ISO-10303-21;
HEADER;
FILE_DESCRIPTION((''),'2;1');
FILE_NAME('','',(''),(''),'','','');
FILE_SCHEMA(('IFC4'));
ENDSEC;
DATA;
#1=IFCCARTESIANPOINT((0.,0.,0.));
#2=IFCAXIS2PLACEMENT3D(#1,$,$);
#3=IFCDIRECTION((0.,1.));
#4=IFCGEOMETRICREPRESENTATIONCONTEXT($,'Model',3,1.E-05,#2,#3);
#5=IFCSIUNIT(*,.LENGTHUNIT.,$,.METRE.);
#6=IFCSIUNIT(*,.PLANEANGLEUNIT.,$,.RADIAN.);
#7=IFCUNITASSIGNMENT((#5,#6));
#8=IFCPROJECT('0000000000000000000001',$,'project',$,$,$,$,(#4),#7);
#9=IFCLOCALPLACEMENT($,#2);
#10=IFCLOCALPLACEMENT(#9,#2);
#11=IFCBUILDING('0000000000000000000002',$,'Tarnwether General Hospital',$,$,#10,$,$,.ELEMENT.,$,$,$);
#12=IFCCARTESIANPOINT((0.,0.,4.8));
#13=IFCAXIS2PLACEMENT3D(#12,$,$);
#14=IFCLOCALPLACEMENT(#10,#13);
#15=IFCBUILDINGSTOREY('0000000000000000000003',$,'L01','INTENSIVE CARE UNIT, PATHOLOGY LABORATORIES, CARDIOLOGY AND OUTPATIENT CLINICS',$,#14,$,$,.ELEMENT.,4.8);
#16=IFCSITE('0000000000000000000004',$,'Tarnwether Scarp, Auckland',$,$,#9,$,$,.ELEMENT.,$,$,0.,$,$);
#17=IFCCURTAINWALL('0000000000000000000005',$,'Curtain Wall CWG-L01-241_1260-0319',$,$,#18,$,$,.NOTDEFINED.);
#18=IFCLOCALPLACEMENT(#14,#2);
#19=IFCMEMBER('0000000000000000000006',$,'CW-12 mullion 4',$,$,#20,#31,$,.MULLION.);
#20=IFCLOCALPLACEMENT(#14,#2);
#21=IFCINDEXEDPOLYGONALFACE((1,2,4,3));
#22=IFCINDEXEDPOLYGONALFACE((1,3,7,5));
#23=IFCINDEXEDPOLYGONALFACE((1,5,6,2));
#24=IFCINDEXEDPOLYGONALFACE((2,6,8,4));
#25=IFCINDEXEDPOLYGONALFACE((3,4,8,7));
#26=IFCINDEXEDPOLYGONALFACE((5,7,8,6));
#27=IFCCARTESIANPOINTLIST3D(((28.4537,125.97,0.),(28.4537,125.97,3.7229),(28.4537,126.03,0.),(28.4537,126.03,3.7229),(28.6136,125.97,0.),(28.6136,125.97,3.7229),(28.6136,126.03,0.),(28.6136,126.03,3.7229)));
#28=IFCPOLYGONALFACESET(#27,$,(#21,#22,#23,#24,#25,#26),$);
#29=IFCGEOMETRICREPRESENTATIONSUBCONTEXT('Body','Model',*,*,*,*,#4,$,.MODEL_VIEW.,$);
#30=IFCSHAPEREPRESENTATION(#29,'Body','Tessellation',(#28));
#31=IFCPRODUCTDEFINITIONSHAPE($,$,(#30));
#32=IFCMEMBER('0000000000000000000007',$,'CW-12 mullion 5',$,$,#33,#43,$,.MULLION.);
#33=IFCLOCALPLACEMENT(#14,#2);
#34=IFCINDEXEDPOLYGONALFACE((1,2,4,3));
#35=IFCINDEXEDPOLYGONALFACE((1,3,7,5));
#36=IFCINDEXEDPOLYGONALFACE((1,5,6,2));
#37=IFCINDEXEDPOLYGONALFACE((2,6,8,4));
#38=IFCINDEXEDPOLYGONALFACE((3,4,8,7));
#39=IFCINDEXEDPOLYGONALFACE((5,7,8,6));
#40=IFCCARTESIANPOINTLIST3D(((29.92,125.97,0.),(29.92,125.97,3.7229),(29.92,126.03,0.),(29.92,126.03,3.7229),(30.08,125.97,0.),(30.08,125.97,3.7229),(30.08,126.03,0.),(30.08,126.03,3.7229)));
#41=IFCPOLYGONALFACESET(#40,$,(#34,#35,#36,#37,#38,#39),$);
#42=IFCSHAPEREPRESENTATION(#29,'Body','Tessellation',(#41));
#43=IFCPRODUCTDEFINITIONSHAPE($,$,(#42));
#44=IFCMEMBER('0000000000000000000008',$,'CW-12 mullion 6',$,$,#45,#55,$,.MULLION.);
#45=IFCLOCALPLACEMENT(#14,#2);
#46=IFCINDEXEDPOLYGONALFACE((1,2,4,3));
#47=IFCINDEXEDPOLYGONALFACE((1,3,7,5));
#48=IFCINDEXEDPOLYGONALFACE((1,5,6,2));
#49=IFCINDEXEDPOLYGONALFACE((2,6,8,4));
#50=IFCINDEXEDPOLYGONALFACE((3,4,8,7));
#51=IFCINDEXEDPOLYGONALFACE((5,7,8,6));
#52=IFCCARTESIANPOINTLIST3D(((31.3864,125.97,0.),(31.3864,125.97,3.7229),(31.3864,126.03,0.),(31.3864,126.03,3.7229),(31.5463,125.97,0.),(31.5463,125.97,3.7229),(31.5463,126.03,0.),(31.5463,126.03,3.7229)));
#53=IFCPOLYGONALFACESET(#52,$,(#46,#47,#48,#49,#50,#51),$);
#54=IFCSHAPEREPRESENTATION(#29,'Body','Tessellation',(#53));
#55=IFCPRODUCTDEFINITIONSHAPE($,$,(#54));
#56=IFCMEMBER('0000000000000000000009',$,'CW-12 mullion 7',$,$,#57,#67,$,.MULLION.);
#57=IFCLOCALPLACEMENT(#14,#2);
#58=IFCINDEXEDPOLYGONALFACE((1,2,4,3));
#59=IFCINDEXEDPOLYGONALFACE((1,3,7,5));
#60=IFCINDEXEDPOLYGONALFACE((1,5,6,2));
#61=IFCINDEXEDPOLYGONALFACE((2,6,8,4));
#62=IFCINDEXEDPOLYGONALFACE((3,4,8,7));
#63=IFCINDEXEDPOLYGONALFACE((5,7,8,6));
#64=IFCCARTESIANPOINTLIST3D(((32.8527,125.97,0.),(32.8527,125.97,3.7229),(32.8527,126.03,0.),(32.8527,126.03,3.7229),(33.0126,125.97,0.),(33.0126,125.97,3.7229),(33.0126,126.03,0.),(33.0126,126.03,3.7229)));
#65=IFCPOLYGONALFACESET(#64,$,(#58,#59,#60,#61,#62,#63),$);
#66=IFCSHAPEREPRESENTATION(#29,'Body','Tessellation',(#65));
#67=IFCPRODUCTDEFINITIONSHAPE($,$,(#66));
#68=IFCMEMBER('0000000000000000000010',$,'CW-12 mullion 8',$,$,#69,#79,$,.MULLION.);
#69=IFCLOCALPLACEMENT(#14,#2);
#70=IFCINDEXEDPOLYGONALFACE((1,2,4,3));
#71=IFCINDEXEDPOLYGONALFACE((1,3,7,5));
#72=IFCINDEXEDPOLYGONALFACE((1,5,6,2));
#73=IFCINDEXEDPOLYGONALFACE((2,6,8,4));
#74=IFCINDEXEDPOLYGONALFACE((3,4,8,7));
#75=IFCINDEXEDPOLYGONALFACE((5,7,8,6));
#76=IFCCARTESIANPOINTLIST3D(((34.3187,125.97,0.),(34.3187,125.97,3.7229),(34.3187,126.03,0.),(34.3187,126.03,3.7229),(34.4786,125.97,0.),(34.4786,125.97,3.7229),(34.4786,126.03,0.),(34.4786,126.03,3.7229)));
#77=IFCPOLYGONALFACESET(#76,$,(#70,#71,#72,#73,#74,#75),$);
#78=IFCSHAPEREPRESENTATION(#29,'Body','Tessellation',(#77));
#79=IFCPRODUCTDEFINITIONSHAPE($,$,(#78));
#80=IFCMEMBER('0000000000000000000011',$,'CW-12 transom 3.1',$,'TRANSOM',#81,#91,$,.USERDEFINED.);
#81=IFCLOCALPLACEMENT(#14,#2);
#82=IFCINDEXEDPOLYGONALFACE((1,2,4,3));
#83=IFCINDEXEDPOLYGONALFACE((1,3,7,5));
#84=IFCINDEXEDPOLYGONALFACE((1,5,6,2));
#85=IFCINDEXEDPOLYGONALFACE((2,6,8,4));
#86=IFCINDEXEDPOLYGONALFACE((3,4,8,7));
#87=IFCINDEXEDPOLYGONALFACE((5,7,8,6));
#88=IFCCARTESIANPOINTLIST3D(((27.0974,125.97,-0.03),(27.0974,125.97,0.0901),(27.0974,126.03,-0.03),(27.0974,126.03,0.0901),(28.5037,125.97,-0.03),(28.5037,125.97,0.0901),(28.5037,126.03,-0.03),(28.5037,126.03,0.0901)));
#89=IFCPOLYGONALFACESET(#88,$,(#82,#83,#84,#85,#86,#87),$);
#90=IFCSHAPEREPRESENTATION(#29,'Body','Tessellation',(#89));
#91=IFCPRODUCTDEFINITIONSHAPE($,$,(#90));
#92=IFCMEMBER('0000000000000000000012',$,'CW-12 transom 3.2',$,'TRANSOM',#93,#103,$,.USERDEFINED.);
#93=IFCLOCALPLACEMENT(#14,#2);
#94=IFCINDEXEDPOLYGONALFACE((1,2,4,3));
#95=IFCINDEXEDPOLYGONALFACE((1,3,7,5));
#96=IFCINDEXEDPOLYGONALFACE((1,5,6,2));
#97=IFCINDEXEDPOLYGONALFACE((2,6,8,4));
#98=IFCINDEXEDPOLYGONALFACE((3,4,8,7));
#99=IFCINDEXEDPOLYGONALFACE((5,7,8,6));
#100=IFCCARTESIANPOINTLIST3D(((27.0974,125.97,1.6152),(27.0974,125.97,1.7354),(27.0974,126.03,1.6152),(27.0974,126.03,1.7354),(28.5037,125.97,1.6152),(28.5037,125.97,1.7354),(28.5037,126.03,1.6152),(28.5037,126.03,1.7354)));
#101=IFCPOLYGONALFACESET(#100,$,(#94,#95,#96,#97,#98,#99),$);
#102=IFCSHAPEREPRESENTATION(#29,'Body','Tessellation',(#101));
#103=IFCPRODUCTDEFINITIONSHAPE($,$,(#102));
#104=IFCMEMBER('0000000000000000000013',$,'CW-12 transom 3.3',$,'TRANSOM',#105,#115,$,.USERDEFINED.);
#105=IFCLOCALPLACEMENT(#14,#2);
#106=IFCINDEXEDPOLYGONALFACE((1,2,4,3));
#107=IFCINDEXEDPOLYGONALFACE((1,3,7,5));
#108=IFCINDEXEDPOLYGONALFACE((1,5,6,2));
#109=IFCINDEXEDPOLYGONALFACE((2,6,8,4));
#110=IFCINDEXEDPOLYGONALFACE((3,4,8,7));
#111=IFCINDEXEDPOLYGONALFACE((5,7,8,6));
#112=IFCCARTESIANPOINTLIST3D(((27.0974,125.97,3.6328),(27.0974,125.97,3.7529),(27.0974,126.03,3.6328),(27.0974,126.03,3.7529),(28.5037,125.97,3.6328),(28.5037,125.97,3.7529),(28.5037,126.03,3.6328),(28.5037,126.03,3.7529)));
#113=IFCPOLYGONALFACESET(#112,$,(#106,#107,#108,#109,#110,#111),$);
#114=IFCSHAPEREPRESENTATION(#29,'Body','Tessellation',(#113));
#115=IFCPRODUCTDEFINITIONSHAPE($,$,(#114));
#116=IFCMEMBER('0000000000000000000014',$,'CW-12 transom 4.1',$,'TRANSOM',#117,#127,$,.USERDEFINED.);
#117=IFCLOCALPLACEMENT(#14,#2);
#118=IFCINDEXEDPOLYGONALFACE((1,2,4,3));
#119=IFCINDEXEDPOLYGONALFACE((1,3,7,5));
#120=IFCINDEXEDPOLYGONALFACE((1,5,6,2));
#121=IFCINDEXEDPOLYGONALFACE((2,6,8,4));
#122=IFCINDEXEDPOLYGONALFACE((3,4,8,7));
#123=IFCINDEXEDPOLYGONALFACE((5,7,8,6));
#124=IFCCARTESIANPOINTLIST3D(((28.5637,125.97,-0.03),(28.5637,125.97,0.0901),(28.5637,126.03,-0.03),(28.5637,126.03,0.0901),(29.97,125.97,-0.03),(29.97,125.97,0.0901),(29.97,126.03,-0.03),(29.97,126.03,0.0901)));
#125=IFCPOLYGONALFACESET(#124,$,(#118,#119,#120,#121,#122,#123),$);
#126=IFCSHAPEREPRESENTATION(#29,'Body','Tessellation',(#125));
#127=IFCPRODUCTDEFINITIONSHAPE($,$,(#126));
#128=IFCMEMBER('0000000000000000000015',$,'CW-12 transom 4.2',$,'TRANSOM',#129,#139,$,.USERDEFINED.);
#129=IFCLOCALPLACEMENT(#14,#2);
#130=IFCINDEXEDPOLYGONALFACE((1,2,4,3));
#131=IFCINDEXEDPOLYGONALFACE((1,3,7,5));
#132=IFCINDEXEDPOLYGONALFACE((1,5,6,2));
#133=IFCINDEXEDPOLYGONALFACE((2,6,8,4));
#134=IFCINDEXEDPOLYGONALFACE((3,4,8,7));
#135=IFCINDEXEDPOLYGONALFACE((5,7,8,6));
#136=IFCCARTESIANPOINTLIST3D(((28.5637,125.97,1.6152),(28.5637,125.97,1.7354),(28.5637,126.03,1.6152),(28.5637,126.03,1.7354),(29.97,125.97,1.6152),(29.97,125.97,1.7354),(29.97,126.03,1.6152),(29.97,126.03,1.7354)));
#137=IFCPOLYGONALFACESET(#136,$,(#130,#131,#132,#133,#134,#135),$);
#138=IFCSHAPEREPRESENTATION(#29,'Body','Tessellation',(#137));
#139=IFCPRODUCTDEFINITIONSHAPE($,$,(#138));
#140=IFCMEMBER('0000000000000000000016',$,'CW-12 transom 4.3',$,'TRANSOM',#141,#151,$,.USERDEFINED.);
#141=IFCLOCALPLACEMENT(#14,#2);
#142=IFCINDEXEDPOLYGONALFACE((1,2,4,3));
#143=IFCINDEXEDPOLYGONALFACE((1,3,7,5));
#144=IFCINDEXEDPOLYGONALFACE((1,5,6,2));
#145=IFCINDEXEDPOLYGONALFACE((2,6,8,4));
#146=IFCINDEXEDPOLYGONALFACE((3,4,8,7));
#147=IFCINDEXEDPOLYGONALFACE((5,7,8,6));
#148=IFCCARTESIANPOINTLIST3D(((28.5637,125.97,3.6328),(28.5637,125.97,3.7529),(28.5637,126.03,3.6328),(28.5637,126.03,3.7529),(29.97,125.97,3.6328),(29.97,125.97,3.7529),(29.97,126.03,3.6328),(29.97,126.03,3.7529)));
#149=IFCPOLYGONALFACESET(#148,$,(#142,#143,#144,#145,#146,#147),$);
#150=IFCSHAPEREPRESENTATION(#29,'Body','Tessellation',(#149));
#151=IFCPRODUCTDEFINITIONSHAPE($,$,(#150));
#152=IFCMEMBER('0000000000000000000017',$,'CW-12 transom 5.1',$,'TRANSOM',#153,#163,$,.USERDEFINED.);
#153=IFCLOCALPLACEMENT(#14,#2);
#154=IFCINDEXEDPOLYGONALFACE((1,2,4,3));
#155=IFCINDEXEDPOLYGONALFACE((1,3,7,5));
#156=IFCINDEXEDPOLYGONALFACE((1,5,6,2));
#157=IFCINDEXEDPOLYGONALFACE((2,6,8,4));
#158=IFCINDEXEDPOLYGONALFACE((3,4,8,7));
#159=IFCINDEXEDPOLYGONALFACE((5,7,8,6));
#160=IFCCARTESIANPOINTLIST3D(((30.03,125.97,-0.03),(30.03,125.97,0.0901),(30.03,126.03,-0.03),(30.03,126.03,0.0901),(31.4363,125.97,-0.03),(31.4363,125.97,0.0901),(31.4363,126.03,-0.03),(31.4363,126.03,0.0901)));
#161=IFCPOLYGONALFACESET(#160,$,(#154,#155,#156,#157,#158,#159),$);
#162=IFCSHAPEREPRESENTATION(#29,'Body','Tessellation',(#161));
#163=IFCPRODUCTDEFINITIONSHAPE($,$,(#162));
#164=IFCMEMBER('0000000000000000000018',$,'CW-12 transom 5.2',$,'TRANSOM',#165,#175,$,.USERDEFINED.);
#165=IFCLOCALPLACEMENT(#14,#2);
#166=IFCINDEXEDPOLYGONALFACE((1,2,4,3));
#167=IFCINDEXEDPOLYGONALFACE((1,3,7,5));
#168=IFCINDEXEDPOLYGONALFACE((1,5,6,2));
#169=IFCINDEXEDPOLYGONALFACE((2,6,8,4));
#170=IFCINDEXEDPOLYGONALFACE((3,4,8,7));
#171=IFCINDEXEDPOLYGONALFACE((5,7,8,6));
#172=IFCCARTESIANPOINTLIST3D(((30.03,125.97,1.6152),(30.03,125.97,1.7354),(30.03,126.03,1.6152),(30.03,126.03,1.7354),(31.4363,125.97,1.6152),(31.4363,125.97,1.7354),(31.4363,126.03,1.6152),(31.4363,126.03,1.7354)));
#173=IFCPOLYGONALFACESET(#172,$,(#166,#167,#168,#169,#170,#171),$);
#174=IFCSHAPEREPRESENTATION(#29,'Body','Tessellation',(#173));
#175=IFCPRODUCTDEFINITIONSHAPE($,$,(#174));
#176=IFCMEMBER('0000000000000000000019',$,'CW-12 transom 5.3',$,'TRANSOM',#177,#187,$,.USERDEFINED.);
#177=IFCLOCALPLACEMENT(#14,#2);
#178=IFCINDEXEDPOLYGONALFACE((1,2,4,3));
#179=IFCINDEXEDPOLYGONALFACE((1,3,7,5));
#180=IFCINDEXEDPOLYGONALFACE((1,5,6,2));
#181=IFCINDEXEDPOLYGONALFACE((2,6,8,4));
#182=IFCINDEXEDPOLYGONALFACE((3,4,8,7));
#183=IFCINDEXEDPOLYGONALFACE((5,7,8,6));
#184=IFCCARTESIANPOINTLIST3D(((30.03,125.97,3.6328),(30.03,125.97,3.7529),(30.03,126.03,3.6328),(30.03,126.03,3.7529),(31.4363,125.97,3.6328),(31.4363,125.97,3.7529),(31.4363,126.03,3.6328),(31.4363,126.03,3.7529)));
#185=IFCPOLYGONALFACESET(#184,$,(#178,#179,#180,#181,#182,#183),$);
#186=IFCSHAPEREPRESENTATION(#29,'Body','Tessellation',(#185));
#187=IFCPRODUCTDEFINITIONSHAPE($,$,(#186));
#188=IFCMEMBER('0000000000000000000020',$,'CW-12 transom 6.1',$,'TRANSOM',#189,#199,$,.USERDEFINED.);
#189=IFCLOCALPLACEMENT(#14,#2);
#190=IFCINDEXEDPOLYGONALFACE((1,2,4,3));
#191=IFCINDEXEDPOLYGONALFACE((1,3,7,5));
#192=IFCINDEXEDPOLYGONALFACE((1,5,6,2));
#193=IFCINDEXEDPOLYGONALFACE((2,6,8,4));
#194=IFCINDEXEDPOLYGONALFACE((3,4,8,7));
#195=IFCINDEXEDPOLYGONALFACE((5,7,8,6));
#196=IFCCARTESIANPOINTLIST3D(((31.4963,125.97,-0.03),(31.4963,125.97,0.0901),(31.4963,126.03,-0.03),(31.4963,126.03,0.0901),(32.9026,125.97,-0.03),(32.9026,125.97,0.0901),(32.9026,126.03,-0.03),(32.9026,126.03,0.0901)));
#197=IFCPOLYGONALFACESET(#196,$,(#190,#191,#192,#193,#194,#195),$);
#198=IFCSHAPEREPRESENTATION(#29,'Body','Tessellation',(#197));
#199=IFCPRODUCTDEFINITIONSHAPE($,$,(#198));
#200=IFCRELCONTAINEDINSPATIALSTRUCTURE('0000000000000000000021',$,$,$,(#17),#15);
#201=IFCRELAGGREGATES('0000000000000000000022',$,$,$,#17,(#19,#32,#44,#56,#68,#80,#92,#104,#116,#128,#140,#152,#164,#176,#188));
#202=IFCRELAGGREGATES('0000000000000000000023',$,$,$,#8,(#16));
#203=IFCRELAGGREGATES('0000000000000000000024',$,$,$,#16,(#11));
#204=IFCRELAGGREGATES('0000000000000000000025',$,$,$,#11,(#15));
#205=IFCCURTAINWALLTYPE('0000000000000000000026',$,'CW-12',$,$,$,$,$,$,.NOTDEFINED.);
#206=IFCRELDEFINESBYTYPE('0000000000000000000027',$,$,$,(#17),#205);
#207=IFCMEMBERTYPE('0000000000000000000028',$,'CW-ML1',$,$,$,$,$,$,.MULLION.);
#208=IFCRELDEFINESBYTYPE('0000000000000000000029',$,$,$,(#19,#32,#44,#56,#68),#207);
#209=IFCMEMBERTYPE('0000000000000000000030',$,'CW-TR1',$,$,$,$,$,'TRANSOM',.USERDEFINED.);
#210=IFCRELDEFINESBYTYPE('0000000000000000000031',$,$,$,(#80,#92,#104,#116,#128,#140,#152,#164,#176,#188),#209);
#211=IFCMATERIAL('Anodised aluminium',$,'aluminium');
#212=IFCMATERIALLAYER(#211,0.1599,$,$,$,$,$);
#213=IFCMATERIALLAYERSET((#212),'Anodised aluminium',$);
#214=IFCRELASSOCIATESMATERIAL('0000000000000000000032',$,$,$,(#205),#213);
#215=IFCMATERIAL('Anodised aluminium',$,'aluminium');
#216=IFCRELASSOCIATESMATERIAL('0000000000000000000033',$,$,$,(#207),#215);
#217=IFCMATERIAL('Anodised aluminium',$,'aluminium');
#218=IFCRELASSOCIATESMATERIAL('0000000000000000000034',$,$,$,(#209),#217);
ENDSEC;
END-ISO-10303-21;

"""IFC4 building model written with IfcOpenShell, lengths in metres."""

from ifc_helpers import new_model, si_unit, direction, frame, origin, origin_2d, place, context, subcontext, project, spatial, rectangle, extrude, material, layer, layer_set, material_profile, profile_set, type_object, element, aggregate, save


model = new_model("IFC4")

# Units and contexts
model_context = context("Model", 3, precision=1e-05, world=origin(), true_north=direction((0.0, 1.0)))
body_context = subcontext(model_context, "Body", "Model", "MODEL_VIEW")
ifc_project = project(units=[si_unit("LENGTHUNIT", "METRE"), si_unit("PLANEANGLEUNIT", "RADIAN")], contexts=[model_context])

# Site, building, storey
site_placement = place(None, origin())
site = spatial("IfcSite", under=ifc_project, at=site_placement, Name="Tarnwether Scarp, Auckland", CompositionType="ELEMENT", RefElevation=0.0)
building_placement = place(site_placement, origin())
building = spatial("IfcBuilding", under=site, at=building_placement, Name="Tarnwether General Hospital", CompositionType="ELEMENT")
storey_placement = place(building_placement, frame((0.0, 0.0, 4.8)))
storey = spatial("IfcBuildingStorey", under=building, at=storey_placement, Name="L01", Description="INTENSIVE CARE UNIT, PATHOLOGY LABORATORIES, CARDIOLOGY AND OUTPATIENT CLINICS", CompositionType="ELEMENT", Elevation=4.8)

# Curtain wall, members
ifc_material_1 = material(Name="Anodised aluminium", Category="aluminium")
ifc_layer_1 = layer(ifc_material_1, 0.1599)
ifc_layer_set_1 = layer_set([ifc_layer_1], Name="Anodised aluminium")
curtain_wall_type = type_object("IfcCurtainWallType", Name="CW-12", PredefinedType="NOTDEFINED", material=ifc_layer_set_1)
curtain_wall_placement = place(storey_placement, origin())
curtain_wall = element("IfcCurtainWall", 1, at=curtain_wall_placement, inside=storey, type_object=curtain_wall_type, Name="Curtain Wall CWG-L01-241_1260-0319", PredefinedType="NOTDEFINED")
ifc_material_2 = material(Name="Anodised aluminium", Category="aluminium")
ifc_material_profile_1 = material_profile(ifc_material_2, rectangle(XDim=0.0601, YDim=0.1599, at=origin_2d()), Name="ALU-MUL-60x160")
ifc_profile_set_1 = profile_set([ifc_material_profile_1], Name="Anodised aluminium")
member_type_1 = type_object("IfcMemberType", Name="CW-ML1", PredefinedType="MULLION", material=ifc_profile_set_1)
member_1_placement = place(storey_placement, frame((28.5337, 126.0, 0.0), z_axis=(0.0, 0.0, 1.0), x_axis=(0.0, 1.0, 0.0)))
member_1 = element("IfcMember", 2, at=member_1_placement, type_object=member_type_1, Name="CW-12 mullion 4", PredefinedType="MULLION", context=body_context, shape_type="SweptSolid", body=[
    extrude(rectangle(XDim=0.0601, YDim=0.1599, at=origin_2d()), origin(), (0.0, 0.0, 1.0), 3.7229),
])
member_2_placement = place(storey_placement, frame((30.0, 126.0, 0.0), z_axis=(0.0, 0.0, 1.0), x_axis=(0.0, 1.0, 0.0)))
member_2 = element("IfcMember", 3, at=member_2_placement, type_object=member_type_1, Name="CW-12 mullion 5", PredefinedType="MULLION", context=body_context, shape_type="SweptSolid", body=[
    extrude(rectangle(XDim=0.0601, YDim=0.1599, at=origin_2d()), origin(), (0.0, 0.0, 1.0), 3.7229),
])
member_3_placement = place(storey_placement, frame((31.4663, 126.0, 0.0), z_axis=(0.0, 0.0, 1.0), x_axis=(0.0, 1.0, 0.0)))
member_3 = element("IfcMember", 4, at=member_3_placement, type_object=member_type_1, Name="CW-12 mullion 6", PredefinedType="MULLION", context=body_context, shape_type="SweptSolid", body=[
    extrude(rectangle(XDim=0.0601, YDim=0.1599, at=origin_2d()), origin(), (0.0, 0.0, 1.0), 3.7229),
])
member_4_placement = place(storey_placement, frame((32.9326, 126.0, 0.0), z_axis=(0.0, 0.0, 1.0), x_axis=(0.0, 1.0, 0.0)))
member_4 = element("IfcMember", 5, at=member_4_placement, type_object=member_type_1, Name="CW-12 mullion 7", PredefinedType="MULLION", context=body_context, shape_type="SweptSolid", body=[
    extrude(rectangle(XDim=0.0601, YDim=0.1599, at=origin_2d()), origin(), (0.0, 0.0, 1.0), 3.7229),
])
member_5_placement = place(storey_placement, frame((34.3987, 126.0, 0.0), z_axis=(0.0, 0.0, 1.0), x_axis=(0.0, 1.0, 0.0)))
member_5 = element("IfcMember", 6, at=member_5_placement, type_object=member_type_1, Name="CW-12 mullion 8", PredefinedType="MULLION", context=body_context, shape_type="SweptSolid", body=[
    extrude(rectangle(XDim=0.0601, YDim=0.1599, at=origin_2d()), origin(), (0.0, 0.0, 1.0), 3.7229),
])
ifc_material_3 = material(Name="Anodised aluminium", Category="aluminium")
ifc_material_profile_2 = material_profile(ifc_material_3, rectangle(XDim=0.0601, YDim=0.1201, at=origin_2d()), Name="ALU-TRN-60x120")
ifc_profile_set_2 = profile_set([ifc_material_profile_2], Name="Anodised aluminium")
member_type_2 = type_object("IfcMemberType", Name="CW-TR1", ElementType="TRANSOM", PredefinedType="USERDEFINED", material=ifc_profile_set_2)
member_6_placement = place(storey_placement, frame((27.0974, 126.0, 0.03), z_axis=(1.0, 0.0, 0.0), x_axis=(0.0, 1.0, 0.0)))
member_6 = element("IfcMember", 7, at=member_6_placement, type_object=member_type_2, Name="CW-12 transom 3.1", ObjectType="TRANSOM", PredefinedType="USERDEFINED", context=body_context, shape_type="SweptSolid", body=[
    extrude(rectangle(XDim=0.0601, YDim=0.1201, at=origin_2d()), origin(), (0.0, 0.0, 1.0), 1.4062),
])
member_7_placement = place(storey_placement, frame((27.0974, 126.0, 1.6753), z_axis=(1.0, 0.0, 0.0), x_axis=(0.0, 1.0, 0.0)))
member_7 = element("IfcMember", 8, at=member_7_placement, type_object=member_type_2, Name="CW-12 transom 3.2", ObjectType="TRANSOM", PredefinedType="USERDEFINED", context=body_context, shape_type="SweptSolid", body=[
    extrude(rectangle(XDim=0.0601, YDim=0.1201, at=origin_2d()), origin(), (0.0, 0.0, 1.0), 1.4062),
])
member_8_placement = place(storey_placement, frame((27.0974, 126.0, 3.6929), z_axis=(1.0, 0.0, 0.0), x_axis=(0.0, 1.0, 0.0)))
member_8 = element("IfcMember", 9, at=member_8_placement, type_object=member_type_2, Name="CW-12 transom 3.3", ObjectType="TRANSOM", PredefinedType="USERDEFINED", context=body_context, shape_type="SweptSolid", body=[
    extrude(rectangle(XDim=0.0601, YDim=0.1201, at=origin_2d()), origin(), (0.0, 0.0, 1.0), 1.4062),
])
member_9_placement = place(storey_placement, frame((28.5637, 126.0, 0.03), z_axis=(1.0, 0.0, 0.0), x_axis=(0.0, 1.0, 0.0)))
member_9 = element("IfcMember", 10, at=member_9_placement, type_object=member_type_2, Name="CW-12 transom 4.1", ObjectType="TRANSOM", PredefinedType="USERDEFINED", context=body_context, shape_type="SweptSolid", body=[
    extrude(rectangle(XDim=0.0601, YDim=0.1201, at=origin_2d()), origin(), (0.0, 0.0, 1.0), 1.4062),
])
member_10_placement = place(storey_placement, frame((28.5637, 126.0, 1.6753), z_axis=(1.0, 0.0, 0.0), x_axis=(0.0, 1.0, 0.0)))
member_10 = element("IfcMember", 11, at=member_10_placement, type_object=member_type_2, Name="CW-12 transom 4.2", ObjectType="TRANSOM", PredefinedType="USERDEFINED", context=body_context, shape_type="SweptSolid", body=[
    extrude(rectangle(XDim=0.0601, YDim=0.1201, at=origin_2d()), origin(), (0.0, 0.0, 1.0), 1.4062),
])
member_11_placement = place(storey_placement, frame((28.5637, 126.0, 3.6929), z_axis=(1.0, 0.0, 0.0), x_axis=(0.0, 1.0, 0.0)))
member_11 = element("IfcMember", 12, at=member_11_placement, type_object=member_type_2, Name="CW-12 transom 4.3", ObjectType="TRANSOM", PredefinedType="USERDEFINED", context=body_context, shape_type="SweptSolid", body=[
    extrude(rectangle(XDim=0.0601, YDim=0.1201, at=origin_2d()), origin(), (0.0, 0.0, 1.0), 1.4062),
])
member_12_placement = place(storey_placement, frame((30.03, 126.0, 0.03), z_axis=(1.0, 0.0, 0.0), x_axis=(0.0, 1.0, 0.0)))
member_12 = element("IfcMember", 13, at=member_12_placement, type_object=member_type_2, Name="CW-12 transom 5.1", ObjectType="TRANSOM", PredefinedType="USERDEFINED", context=body_context, shape_type="SweptSolid", body=[
    extrude(rectangle(XDim=0.0601, YDim=0.1201, at=origin_2d()), origin(), (0.0, 0.0, 1.0), 1.4062),
])
member_13_placement = place(storey_placement, frame((30.03, 126.0, 1.6753), z_axis=(1.0, 0.0, 0.0), x_axis=(0.0, 1.0, 0.0)))
member_13 = element("IfcMember", 14, at=member_13_placement, type_object=member_type_2, Name="CW-12 transom 5.2", ObjectType="TRANSOM", PredefinedType="USERDEFINED", context=body_context, shape_type="SweptSolid", body=[
    extrude(rectangle(XDim=0.0601, YDim=0.1201, at=origin_2d()), origin(), (0.0, 0.0, 1.0), 1.4062),
])
member_14_placement = place(storey_placement, frame((30.03, 126.0, 3.6929), z_axis=(1.0, 0.0, 0.0), x_axis=(0.0, 1.0, 0.0)))
member_14 = element("IfcMember", 15, at=member_14_placement, type_object=member_type_2, Name="CW-12 transom 5.3", ObjectType="TRANSOM", PredefinedType="USERDEFINED", context=body_context, shape_type="SweptSolid", body=[
    extrude(rectangle(XDim=0.0601, YDim=0.1201, at=origin_2d()), origin(), (0.0, 0.0, 1.0), 1.4062),
])
member_15_placement = place(storey_placement, frame((31.4963, 126.0, 0.03), z_axis=(1.0, 0.0, 0.0), x_axis=(0.0, 1.0, 0.0)))
member_15 = element("IfcMember", 16, at=member_15_placement, type_object=member_type_2, Name="CW-12 transom 6.1", ObjectType="TRANSOM", PredefinedType="USERDEFINED", context=body_context, shape_type="SweptSolid", body=[
    extrude(rectangle(XDim=0.0601, YDim=0.1201, at=origin_2d()), origin(), (0.0, 0.0, 1.0), 1.4062),
])
aggregate(curtain_wall, [member_1, member_2, member_3, member_4, member_5, member_6, member_7, member_8, member_9, member_10, member_11, member_12, member_13, member_14, member_15])

save(model, "model.ifc")
